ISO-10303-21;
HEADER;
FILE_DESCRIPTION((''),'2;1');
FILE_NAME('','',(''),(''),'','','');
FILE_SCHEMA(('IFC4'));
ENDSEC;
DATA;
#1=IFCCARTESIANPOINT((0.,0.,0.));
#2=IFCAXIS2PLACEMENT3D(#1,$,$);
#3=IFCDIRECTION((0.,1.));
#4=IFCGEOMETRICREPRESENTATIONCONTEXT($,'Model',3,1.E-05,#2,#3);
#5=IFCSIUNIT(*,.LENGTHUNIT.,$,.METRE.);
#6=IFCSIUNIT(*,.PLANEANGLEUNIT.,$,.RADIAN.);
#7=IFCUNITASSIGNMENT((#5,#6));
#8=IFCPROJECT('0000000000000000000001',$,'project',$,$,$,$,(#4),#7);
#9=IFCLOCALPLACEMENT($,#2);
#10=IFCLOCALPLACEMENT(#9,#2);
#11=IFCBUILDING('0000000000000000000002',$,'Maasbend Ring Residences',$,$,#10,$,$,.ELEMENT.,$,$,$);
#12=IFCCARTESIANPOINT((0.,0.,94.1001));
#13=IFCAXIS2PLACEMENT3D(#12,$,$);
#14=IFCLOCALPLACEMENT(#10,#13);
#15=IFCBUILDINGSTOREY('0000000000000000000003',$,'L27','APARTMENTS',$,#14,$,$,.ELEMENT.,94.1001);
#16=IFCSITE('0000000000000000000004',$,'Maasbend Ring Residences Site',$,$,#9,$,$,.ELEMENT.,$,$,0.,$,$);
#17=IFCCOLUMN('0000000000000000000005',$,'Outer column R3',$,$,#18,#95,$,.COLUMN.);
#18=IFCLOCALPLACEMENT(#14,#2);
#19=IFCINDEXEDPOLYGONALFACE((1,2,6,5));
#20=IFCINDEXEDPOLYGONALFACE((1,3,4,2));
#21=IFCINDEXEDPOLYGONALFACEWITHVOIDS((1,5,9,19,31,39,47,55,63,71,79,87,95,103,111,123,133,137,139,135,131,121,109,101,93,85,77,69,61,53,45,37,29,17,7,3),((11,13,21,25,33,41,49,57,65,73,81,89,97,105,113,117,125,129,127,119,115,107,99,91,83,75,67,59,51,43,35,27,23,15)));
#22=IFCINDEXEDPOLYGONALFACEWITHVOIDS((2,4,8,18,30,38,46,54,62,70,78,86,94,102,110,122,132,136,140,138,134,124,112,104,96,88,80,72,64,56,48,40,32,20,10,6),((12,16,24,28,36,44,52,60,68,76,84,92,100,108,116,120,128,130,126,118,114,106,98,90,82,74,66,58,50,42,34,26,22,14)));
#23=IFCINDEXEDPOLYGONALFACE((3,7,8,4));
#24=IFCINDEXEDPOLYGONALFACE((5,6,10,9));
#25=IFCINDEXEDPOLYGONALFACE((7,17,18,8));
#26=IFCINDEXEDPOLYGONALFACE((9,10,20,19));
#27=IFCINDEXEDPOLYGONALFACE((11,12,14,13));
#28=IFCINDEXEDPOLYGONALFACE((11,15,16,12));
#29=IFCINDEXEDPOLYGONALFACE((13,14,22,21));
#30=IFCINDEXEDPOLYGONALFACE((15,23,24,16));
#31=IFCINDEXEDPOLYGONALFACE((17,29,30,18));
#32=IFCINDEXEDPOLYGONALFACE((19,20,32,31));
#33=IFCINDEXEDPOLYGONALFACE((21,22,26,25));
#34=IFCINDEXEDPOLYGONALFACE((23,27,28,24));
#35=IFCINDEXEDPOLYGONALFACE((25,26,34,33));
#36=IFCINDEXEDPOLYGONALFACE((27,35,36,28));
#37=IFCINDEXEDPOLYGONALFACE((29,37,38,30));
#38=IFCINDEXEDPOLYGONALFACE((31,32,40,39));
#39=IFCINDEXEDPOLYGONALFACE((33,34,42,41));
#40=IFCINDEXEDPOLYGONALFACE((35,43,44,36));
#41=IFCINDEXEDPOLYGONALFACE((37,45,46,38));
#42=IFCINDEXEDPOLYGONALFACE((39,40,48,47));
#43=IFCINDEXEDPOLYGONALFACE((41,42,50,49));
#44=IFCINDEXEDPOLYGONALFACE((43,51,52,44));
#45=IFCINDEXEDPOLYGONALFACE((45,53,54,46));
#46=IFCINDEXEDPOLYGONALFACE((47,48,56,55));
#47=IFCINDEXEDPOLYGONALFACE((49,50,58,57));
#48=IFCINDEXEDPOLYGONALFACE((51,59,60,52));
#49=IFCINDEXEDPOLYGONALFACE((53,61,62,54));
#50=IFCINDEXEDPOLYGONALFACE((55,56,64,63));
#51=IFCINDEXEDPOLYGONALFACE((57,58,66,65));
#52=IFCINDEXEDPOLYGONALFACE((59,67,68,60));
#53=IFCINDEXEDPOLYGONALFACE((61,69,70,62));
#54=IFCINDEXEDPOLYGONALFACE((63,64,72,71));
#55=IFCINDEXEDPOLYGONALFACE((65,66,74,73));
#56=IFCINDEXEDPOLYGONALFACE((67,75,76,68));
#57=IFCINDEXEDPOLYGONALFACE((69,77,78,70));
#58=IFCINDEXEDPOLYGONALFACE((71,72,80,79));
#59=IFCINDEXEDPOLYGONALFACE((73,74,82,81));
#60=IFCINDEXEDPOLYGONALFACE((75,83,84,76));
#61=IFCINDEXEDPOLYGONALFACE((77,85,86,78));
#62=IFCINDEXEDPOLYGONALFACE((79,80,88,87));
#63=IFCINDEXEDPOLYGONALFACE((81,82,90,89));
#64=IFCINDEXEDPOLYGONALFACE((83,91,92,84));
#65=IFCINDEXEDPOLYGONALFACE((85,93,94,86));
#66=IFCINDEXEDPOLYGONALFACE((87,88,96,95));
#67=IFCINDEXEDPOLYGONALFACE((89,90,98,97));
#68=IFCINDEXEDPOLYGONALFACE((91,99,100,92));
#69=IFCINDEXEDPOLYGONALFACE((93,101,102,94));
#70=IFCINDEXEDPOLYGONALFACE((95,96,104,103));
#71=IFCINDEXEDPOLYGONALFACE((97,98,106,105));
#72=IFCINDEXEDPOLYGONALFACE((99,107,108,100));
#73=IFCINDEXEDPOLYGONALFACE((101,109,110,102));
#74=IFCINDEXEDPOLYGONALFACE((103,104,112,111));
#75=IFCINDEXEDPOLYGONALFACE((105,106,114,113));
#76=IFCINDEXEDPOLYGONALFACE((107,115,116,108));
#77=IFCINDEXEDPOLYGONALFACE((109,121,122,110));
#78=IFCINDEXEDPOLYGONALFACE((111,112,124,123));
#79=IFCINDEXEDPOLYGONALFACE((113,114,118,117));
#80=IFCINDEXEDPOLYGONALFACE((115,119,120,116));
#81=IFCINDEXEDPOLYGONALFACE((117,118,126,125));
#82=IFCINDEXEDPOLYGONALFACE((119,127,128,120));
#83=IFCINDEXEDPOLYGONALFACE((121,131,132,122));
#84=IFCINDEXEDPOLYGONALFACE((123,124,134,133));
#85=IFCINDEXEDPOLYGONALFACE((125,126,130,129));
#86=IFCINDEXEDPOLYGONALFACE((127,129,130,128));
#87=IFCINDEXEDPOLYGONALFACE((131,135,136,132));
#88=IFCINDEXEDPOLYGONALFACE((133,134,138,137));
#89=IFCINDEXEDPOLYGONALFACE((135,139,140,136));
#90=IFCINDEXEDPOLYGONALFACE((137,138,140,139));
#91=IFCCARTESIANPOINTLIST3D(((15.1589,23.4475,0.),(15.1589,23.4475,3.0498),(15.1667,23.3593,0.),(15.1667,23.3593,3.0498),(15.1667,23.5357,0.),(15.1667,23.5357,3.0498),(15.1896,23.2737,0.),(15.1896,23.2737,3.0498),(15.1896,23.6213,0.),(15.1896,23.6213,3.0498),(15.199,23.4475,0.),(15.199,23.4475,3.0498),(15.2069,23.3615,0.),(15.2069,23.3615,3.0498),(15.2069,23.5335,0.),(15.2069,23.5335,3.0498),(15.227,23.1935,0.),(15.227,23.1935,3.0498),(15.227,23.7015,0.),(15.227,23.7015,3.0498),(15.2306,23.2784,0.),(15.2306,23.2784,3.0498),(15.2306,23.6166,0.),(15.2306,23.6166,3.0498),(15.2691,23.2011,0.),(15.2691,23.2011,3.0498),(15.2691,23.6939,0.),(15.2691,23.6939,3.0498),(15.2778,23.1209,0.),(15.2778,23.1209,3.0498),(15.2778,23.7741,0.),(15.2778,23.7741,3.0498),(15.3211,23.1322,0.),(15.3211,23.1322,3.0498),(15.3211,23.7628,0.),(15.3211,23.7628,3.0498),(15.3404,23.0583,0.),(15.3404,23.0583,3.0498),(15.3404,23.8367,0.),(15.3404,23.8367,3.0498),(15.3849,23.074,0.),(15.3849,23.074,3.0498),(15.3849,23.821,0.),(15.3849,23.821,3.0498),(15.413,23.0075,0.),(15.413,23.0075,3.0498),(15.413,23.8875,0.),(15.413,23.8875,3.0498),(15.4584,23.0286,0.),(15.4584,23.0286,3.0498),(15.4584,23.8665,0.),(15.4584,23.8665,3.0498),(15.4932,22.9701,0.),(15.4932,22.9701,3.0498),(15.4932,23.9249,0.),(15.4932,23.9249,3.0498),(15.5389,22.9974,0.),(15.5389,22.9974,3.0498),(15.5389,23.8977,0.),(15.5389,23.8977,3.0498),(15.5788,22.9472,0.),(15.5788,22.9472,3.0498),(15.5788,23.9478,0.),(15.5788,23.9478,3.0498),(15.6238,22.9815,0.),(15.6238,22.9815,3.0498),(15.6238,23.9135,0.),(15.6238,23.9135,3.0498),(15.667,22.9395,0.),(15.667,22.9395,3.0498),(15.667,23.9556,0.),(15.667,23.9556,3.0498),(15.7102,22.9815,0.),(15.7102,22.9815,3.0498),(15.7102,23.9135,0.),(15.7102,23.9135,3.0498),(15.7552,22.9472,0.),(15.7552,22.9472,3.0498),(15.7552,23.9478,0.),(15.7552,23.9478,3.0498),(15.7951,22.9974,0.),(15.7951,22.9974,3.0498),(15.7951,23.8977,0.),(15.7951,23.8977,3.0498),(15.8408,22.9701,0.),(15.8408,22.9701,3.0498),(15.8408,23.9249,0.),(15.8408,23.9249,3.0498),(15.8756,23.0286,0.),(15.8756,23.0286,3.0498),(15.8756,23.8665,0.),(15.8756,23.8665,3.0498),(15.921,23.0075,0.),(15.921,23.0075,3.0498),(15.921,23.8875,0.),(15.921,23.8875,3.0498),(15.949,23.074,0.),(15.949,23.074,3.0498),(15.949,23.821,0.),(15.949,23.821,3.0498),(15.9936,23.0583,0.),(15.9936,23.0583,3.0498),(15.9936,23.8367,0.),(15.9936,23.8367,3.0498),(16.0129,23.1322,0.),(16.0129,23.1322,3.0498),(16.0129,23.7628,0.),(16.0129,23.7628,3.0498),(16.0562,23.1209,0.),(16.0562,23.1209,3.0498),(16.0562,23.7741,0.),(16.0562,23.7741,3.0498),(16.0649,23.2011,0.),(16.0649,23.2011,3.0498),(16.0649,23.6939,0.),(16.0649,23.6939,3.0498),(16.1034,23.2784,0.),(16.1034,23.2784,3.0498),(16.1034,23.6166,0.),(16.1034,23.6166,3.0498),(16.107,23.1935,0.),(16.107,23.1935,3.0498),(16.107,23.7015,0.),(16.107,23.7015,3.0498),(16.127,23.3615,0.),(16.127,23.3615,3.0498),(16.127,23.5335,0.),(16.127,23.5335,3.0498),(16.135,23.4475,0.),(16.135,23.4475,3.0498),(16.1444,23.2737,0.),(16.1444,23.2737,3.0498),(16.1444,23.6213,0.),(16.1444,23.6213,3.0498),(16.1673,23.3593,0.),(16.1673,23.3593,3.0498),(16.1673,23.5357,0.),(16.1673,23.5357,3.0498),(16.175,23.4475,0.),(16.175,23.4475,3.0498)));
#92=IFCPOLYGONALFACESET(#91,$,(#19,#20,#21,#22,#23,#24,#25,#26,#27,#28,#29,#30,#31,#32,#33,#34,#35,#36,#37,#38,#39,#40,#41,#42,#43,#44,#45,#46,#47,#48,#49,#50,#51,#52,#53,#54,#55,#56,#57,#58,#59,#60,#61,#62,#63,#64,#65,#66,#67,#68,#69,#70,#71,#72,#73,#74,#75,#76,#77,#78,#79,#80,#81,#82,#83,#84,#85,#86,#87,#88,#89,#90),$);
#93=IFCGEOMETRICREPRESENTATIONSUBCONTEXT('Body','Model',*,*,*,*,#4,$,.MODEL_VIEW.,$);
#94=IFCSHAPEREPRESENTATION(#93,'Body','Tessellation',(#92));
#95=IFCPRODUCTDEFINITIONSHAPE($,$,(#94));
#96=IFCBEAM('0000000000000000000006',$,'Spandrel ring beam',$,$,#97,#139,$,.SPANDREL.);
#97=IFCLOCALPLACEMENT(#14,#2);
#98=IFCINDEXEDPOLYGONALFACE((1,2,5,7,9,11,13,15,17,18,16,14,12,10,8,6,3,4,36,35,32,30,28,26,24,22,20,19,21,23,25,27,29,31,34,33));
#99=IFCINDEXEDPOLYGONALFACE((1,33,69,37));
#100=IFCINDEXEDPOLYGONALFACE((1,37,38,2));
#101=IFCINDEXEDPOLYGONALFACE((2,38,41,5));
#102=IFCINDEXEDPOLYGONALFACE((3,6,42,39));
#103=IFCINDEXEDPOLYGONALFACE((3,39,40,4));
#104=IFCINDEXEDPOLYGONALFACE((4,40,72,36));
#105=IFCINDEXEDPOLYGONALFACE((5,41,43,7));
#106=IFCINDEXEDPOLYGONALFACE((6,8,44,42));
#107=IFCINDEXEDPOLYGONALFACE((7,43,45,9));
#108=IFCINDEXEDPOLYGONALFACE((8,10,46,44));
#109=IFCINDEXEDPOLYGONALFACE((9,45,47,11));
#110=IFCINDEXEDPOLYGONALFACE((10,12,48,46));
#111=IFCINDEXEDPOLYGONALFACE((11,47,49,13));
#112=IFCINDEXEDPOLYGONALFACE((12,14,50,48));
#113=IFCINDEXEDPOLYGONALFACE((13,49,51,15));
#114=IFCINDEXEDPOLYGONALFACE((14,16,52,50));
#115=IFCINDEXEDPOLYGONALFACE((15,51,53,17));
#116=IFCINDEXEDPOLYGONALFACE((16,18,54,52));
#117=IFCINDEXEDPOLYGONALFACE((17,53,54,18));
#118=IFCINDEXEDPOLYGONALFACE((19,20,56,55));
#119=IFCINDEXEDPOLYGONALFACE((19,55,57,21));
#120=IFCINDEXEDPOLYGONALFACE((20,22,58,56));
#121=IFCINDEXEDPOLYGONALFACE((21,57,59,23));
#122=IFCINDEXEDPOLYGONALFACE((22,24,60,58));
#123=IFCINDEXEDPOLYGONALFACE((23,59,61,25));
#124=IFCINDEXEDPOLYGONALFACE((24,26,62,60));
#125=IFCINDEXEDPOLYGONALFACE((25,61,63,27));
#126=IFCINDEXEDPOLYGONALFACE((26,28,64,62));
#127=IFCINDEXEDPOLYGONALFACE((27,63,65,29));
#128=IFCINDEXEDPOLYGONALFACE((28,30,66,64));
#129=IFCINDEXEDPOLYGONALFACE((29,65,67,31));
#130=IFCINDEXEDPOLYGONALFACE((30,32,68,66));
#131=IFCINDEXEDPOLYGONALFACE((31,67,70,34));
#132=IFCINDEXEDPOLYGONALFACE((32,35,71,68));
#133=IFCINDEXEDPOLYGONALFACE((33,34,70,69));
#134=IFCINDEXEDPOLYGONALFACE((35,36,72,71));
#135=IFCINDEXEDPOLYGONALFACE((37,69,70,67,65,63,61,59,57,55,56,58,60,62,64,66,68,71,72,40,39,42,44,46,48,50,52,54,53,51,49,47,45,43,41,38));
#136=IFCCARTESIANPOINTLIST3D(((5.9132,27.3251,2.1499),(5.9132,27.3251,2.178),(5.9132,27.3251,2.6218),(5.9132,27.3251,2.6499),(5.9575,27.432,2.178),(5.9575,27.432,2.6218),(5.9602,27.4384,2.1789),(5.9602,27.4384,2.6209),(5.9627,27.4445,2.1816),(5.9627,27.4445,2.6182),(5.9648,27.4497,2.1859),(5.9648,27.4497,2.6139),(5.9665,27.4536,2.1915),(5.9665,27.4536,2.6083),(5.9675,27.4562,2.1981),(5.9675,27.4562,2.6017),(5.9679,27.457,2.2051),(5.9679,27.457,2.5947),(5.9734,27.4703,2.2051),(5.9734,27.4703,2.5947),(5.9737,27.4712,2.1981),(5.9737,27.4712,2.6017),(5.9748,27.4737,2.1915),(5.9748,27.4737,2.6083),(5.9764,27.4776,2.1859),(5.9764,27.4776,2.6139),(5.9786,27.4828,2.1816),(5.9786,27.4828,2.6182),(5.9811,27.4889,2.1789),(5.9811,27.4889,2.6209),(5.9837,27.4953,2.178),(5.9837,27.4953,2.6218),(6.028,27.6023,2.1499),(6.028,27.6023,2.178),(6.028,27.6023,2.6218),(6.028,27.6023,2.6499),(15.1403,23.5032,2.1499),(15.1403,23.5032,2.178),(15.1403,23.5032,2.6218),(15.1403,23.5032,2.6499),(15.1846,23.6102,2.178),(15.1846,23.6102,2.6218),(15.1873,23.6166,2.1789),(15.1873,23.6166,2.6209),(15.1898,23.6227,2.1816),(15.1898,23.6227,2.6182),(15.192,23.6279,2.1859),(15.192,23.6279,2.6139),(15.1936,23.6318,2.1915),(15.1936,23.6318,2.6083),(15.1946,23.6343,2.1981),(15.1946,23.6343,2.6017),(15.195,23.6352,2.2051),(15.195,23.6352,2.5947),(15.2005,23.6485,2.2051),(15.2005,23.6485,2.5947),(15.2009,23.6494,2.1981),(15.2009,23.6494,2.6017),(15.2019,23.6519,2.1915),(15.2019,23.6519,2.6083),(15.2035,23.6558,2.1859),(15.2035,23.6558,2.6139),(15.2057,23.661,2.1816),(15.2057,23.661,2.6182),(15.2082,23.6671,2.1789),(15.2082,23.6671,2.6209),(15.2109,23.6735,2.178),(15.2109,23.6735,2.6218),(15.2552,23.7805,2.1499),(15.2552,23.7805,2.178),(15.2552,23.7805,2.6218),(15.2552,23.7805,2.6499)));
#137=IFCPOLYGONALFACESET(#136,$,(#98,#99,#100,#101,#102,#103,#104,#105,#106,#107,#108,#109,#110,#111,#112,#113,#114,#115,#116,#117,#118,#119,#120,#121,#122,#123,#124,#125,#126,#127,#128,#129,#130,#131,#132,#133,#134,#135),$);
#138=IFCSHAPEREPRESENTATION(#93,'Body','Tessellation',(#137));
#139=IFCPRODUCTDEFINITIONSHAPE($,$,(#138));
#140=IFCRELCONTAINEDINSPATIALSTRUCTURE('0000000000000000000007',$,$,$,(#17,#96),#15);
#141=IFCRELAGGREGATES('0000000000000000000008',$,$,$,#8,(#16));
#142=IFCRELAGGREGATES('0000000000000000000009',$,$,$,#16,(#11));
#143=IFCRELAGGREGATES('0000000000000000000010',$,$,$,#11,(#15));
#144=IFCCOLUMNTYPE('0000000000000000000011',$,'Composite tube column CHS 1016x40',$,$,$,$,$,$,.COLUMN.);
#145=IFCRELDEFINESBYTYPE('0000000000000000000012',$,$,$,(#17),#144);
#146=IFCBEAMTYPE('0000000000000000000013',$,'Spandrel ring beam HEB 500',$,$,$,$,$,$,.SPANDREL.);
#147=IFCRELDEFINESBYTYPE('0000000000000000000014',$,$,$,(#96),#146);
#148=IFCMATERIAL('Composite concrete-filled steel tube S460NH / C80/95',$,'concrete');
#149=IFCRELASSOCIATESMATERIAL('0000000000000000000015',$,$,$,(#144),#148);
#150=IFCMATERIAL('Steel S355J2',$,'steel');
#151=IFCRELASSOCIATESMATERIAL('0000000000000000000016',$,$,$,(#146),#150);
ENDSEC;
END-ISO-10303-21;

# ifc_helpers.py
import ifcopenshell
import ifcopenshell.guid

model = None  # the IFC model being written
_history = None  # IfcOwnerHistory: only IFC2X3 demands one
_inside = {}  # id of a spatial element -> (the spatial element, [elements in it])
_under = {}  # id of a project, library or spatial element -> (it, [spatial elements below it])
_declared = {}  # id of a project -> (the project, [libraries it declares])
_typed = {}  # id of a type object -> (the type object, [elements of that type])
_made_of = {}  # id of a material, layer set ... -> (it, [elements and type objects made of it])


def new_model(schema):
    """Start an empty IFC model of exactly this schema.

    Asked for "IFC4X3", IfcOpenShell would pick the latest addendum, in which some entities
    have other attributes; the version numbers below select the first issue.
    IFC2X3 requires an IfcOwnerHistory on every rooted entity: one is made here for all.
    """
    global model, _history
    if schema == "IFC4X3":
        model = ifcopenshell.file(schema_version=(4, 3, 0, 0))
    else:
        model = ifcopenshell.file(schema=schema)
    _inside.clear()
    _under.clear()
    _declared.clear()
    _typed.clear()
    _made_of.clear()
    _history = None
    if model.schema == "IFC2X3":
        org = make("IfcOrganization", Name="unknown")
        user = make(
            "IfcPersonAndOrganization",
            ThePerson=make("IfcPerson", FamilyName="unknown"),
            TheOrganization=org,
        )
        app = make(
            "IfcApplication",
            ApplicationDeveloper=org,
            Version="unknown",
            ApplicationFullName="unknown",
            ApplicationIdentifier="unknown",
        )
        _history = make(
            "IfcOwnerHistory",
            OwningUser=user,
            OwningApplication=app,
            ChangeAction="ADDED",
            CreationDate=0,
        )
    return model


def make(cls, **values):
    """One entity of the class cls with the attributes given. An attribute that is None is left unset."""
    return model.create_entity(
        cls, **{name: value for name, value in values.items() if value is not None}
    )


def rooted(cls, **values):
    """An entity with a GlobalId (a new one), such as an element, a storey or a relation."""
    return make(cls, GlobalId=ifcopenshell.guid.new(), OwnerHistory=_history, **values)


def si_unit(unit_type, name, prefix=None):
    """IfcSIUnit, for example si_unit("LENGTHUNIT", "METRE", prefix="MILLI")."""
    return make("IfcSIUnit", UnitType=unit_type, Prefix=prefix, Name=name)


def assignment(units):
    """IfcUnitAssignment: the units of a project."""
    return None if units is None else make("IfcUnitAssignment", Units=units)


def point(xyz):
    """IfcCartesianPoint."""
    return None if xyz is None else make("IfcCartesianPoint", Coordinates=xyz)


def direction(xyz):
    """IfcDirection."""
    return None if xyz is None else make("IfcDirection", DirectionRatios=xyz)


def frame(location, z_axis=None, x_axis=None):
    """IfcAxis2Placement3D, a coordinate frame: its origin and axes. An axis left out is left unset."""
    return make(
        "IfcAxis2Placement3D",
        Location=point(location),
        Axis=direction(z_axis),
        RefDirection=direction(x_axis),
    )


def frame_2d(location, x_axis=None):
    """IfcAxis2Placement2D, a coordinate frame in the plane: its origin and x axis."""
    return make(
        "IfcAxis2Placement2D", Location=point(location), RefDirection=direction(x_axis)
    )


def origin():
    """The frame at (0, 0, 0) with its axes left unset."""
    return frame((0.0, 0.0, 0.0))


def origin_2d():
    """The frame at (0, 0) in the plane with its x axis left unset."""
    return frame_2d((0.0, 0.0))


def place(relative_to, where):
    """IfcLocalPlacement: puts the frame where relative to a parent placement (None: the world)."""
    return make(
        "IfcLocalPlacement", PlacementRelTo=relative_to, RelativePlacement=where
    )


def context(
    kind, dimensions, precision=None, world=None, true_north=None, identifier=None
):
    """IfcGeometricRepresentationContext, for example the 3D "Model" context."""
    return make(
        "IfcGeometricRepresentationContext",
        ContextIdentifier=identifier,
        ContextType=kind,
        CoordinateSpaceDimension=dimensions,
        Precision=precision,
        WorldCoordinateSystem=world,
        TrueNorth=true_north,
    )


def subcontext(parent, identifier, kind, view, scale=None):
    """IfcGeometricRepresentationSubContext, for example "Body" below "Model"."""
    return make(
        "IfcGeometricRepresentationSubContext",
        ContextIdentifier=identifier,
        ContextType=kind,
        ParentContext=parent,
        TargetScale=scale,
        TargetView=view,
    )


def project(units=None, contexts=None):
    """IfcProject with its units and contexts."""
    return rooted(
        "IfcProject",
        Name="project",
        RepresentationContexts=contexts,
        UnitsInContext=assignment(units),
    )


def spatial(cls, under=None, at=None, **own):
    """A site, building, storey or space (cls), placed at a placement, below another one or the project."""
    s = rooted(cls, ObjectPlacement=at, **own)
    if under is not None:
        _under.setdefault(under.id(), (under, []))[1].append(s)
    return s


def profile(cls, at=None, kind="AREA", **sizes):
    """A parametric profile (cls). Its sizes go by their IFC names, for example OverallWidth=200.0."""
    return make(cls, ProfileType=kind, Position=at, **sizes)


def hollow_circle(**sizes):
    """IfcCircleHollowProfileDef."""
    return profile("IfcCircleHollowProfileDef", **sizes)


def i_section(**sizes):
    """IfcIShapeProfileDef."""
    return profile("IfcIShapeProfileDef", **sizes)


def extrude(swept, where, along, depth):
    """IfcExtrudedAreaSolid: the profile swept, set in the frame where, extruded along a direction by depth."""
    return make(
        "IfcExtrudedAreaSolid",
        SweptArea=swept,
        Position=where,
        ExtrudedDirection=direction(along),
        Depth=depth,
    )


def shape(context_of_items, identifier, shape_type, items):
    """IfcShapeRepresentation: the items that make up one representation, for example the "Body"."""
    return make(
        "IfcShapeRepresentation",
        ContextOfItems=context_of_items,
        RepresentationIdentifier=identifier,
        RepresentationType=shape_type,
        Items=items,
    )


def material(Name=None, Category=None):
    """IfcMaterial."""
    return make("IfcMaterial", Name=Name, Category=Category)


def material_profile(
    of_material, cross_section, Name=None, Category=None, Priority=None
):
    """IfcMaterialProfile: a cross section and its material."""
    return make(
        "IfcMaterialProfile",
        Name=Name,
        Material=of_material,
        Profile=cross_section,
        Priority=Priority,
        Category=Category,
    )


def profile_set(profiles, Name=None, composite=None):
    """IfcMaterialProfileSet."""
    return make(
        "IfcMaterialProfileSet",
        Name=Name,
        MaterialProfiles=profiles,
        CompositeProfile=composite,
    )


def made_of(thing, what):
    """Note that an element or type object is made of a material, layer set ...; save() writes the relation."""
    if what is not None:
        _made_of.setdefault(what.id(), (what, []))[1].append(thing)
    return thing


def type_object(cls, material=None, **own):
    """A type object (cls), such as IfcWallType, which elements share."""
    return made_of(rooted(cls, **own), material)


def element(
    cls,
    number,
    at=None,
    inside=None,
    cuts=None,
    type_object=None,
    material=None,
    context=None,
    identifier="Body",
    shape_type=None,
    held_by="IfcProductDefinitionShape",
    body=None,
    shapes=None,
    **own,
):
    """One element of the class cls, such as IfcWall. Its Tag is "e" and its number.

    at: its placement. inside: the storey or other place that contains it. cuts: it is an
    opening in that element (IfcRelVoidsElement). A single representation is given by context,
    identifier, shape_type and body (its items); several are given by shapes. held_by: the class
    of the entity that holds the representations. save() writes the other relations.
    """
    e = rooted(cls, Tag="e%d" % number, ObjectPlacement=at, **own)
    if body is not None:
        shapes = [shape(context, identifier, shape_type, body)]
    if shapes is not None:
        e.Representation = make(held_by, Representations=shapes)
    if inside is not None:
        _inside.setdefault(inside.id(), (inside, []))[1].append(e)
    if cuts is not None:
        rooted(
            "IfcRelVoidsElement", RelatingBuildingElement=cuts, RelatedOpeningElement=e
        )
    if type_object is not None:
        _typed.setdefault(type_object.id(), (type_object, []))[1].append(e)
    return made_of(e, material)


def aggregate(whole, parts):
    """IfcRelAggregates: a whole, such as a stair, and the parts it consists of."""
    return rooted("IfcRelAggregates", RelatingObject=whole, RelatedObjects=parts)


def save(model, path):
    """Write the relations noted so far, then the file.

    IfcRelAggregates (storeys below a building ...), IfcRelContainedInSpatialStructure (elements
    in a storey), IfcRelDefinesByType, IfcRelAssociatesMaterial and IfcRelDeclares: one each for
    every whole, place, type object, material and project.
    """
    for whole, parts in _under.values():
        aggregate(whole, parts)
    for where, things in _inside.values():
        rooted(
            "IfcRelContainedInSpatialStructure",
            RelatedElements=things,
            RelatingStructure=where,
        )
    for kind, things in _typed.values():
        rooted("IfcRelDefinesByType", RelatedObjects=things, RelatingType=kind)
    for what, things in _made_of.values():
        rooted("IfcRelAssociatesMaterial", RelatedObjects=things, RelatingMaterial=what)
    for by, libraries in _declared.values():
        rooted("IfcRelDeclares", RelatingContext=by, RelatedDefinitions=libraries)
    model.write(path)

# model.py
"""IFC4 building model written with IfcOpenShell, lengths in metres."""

from ifc_helpers import new_model, si_unit, direction, frame, origin, origin_2d, place, context, subcontext, project, spatial, hollow_circle, i_section, extrude, material, material_profile, profile_set, type_object, element, save


model = new_model("IFC4")

# Units and contexts
model_context = context("Model", 3, precision=1e-05, world=origin(), true_north=direction((0.0, 1.0)))
body_context = subcontext(model_context, "Body", "Model", "MODEL_VIEW")
ifc_project = project(units=[si_unit("LENGTHUNIT", "METRE"), si_unit("PLANEANGLEUNIT", "RADIAN")], contexts=[model_context])

# Site, building, storey
site_placement = place(None, origin())
site = spatial("IfcSite", under=ifc_project, at=site_placement, Name="Maasbend Ring Residences Site", CompositionType="ELEMENT", RefElevation=0.0)
building_placement = place(site_placement, origin())
building = spatial("IfcBuilding", under=site, at=building_placement, Name="Maasbend Ring Residences", CompositionType="ELEMENT")
storey_placement = place(building_placement, frame((0.0, 0.0, 94.1001)))
storey = spatial("IfcBuildingStorey", under=building, at=storey_placement, Name="L27", Description="APARTMENTS", CompositionType="ELEMENT", Elevation=94.1001)

# Column
ifc_material_1 = material(Name="Composite concrete-filled steel tube S460NH / C80/95", Category="concrete")
ifc_material_profile_1 = material_profile(ifc_material_1, hollow_circle(Radius=0.5081, WallThickness=0.04, at=origin_2d()), Name="Composite tube column CHS 1016x40")
ifc_profile_set_1 = profile_set([ifc_material_profile_1], Name="Composite concrete-filled steel tube S460NH / C80/95")
column_type = type_object("IfcColumnType", Name="Composite tube column CHS 1016x40", PredefinedType="COLUMN", material=ifc_profile_set_1)
column_placement = place(storey_placement, frame((15.667, 23.4475, 0.0), z_axis=(0.0, 0.0, 1.0), x_axis=(1.0, 0.0, 0.0)))
element("IfcColumn", 1, at=column_placement, inside=storey, type_object=column_type, Name="Outer column R3", PredefinedType="COLUMN", context=body_context, shape_type="SweptSolid", body=[
    extrude(hollow_circle(Radius=0.5081, WallThickness=0.04, at=origin_2d()), origin(), (0.0, 0.0, 1.0), 3.0498),
])

# Beam
ifc_material_2 = material(Name="Steel S355J2", Category="steel")
ifc_material_profile_2 = material_profile(ifc_material_2, i_section(OverallWidth=0.3, OverallDepth=0.5, WebThickness=0.0144, FlangeThickness=0.0281, FilletRadius=0.0271, at=origin_2d()), Name="HEB 500")
ifc_profile_set_2 = profile_set([ifc_material_profile_2], Name="Steel S355J2")
beam_type = type_object("IfcBeamType", Name="Spandrel ring beam HEB 500", PredefinedType="SPANDREL", material=ifc_profile_set_2)
beam_placement = place(storey_placement, frame((15.1978, 23.6418, 2.3999), z_axis=(-0.923886, 0.382667, 0.0), x_axis=(-0.382667, -0.923886, 0.0)))
element("IfcBeam", 2, at=beam_placement, inside=storey, type_object=beam_type, Name="Spandrel ring beam", PredefinedType="SPANDREL", context=body_context, shape_type="SweptSolid", body=[
    extrude(i_section(OverallWidth=0.3, OverallDepth=0.5, WebThickness=0.0144, FlangeThickness=0.0281, FilletRadius=0.0271, at=origin_2d()), origin(), (0.0, 0.0, 1.0), 9.9873),
])

save(model, "model.ifc")
